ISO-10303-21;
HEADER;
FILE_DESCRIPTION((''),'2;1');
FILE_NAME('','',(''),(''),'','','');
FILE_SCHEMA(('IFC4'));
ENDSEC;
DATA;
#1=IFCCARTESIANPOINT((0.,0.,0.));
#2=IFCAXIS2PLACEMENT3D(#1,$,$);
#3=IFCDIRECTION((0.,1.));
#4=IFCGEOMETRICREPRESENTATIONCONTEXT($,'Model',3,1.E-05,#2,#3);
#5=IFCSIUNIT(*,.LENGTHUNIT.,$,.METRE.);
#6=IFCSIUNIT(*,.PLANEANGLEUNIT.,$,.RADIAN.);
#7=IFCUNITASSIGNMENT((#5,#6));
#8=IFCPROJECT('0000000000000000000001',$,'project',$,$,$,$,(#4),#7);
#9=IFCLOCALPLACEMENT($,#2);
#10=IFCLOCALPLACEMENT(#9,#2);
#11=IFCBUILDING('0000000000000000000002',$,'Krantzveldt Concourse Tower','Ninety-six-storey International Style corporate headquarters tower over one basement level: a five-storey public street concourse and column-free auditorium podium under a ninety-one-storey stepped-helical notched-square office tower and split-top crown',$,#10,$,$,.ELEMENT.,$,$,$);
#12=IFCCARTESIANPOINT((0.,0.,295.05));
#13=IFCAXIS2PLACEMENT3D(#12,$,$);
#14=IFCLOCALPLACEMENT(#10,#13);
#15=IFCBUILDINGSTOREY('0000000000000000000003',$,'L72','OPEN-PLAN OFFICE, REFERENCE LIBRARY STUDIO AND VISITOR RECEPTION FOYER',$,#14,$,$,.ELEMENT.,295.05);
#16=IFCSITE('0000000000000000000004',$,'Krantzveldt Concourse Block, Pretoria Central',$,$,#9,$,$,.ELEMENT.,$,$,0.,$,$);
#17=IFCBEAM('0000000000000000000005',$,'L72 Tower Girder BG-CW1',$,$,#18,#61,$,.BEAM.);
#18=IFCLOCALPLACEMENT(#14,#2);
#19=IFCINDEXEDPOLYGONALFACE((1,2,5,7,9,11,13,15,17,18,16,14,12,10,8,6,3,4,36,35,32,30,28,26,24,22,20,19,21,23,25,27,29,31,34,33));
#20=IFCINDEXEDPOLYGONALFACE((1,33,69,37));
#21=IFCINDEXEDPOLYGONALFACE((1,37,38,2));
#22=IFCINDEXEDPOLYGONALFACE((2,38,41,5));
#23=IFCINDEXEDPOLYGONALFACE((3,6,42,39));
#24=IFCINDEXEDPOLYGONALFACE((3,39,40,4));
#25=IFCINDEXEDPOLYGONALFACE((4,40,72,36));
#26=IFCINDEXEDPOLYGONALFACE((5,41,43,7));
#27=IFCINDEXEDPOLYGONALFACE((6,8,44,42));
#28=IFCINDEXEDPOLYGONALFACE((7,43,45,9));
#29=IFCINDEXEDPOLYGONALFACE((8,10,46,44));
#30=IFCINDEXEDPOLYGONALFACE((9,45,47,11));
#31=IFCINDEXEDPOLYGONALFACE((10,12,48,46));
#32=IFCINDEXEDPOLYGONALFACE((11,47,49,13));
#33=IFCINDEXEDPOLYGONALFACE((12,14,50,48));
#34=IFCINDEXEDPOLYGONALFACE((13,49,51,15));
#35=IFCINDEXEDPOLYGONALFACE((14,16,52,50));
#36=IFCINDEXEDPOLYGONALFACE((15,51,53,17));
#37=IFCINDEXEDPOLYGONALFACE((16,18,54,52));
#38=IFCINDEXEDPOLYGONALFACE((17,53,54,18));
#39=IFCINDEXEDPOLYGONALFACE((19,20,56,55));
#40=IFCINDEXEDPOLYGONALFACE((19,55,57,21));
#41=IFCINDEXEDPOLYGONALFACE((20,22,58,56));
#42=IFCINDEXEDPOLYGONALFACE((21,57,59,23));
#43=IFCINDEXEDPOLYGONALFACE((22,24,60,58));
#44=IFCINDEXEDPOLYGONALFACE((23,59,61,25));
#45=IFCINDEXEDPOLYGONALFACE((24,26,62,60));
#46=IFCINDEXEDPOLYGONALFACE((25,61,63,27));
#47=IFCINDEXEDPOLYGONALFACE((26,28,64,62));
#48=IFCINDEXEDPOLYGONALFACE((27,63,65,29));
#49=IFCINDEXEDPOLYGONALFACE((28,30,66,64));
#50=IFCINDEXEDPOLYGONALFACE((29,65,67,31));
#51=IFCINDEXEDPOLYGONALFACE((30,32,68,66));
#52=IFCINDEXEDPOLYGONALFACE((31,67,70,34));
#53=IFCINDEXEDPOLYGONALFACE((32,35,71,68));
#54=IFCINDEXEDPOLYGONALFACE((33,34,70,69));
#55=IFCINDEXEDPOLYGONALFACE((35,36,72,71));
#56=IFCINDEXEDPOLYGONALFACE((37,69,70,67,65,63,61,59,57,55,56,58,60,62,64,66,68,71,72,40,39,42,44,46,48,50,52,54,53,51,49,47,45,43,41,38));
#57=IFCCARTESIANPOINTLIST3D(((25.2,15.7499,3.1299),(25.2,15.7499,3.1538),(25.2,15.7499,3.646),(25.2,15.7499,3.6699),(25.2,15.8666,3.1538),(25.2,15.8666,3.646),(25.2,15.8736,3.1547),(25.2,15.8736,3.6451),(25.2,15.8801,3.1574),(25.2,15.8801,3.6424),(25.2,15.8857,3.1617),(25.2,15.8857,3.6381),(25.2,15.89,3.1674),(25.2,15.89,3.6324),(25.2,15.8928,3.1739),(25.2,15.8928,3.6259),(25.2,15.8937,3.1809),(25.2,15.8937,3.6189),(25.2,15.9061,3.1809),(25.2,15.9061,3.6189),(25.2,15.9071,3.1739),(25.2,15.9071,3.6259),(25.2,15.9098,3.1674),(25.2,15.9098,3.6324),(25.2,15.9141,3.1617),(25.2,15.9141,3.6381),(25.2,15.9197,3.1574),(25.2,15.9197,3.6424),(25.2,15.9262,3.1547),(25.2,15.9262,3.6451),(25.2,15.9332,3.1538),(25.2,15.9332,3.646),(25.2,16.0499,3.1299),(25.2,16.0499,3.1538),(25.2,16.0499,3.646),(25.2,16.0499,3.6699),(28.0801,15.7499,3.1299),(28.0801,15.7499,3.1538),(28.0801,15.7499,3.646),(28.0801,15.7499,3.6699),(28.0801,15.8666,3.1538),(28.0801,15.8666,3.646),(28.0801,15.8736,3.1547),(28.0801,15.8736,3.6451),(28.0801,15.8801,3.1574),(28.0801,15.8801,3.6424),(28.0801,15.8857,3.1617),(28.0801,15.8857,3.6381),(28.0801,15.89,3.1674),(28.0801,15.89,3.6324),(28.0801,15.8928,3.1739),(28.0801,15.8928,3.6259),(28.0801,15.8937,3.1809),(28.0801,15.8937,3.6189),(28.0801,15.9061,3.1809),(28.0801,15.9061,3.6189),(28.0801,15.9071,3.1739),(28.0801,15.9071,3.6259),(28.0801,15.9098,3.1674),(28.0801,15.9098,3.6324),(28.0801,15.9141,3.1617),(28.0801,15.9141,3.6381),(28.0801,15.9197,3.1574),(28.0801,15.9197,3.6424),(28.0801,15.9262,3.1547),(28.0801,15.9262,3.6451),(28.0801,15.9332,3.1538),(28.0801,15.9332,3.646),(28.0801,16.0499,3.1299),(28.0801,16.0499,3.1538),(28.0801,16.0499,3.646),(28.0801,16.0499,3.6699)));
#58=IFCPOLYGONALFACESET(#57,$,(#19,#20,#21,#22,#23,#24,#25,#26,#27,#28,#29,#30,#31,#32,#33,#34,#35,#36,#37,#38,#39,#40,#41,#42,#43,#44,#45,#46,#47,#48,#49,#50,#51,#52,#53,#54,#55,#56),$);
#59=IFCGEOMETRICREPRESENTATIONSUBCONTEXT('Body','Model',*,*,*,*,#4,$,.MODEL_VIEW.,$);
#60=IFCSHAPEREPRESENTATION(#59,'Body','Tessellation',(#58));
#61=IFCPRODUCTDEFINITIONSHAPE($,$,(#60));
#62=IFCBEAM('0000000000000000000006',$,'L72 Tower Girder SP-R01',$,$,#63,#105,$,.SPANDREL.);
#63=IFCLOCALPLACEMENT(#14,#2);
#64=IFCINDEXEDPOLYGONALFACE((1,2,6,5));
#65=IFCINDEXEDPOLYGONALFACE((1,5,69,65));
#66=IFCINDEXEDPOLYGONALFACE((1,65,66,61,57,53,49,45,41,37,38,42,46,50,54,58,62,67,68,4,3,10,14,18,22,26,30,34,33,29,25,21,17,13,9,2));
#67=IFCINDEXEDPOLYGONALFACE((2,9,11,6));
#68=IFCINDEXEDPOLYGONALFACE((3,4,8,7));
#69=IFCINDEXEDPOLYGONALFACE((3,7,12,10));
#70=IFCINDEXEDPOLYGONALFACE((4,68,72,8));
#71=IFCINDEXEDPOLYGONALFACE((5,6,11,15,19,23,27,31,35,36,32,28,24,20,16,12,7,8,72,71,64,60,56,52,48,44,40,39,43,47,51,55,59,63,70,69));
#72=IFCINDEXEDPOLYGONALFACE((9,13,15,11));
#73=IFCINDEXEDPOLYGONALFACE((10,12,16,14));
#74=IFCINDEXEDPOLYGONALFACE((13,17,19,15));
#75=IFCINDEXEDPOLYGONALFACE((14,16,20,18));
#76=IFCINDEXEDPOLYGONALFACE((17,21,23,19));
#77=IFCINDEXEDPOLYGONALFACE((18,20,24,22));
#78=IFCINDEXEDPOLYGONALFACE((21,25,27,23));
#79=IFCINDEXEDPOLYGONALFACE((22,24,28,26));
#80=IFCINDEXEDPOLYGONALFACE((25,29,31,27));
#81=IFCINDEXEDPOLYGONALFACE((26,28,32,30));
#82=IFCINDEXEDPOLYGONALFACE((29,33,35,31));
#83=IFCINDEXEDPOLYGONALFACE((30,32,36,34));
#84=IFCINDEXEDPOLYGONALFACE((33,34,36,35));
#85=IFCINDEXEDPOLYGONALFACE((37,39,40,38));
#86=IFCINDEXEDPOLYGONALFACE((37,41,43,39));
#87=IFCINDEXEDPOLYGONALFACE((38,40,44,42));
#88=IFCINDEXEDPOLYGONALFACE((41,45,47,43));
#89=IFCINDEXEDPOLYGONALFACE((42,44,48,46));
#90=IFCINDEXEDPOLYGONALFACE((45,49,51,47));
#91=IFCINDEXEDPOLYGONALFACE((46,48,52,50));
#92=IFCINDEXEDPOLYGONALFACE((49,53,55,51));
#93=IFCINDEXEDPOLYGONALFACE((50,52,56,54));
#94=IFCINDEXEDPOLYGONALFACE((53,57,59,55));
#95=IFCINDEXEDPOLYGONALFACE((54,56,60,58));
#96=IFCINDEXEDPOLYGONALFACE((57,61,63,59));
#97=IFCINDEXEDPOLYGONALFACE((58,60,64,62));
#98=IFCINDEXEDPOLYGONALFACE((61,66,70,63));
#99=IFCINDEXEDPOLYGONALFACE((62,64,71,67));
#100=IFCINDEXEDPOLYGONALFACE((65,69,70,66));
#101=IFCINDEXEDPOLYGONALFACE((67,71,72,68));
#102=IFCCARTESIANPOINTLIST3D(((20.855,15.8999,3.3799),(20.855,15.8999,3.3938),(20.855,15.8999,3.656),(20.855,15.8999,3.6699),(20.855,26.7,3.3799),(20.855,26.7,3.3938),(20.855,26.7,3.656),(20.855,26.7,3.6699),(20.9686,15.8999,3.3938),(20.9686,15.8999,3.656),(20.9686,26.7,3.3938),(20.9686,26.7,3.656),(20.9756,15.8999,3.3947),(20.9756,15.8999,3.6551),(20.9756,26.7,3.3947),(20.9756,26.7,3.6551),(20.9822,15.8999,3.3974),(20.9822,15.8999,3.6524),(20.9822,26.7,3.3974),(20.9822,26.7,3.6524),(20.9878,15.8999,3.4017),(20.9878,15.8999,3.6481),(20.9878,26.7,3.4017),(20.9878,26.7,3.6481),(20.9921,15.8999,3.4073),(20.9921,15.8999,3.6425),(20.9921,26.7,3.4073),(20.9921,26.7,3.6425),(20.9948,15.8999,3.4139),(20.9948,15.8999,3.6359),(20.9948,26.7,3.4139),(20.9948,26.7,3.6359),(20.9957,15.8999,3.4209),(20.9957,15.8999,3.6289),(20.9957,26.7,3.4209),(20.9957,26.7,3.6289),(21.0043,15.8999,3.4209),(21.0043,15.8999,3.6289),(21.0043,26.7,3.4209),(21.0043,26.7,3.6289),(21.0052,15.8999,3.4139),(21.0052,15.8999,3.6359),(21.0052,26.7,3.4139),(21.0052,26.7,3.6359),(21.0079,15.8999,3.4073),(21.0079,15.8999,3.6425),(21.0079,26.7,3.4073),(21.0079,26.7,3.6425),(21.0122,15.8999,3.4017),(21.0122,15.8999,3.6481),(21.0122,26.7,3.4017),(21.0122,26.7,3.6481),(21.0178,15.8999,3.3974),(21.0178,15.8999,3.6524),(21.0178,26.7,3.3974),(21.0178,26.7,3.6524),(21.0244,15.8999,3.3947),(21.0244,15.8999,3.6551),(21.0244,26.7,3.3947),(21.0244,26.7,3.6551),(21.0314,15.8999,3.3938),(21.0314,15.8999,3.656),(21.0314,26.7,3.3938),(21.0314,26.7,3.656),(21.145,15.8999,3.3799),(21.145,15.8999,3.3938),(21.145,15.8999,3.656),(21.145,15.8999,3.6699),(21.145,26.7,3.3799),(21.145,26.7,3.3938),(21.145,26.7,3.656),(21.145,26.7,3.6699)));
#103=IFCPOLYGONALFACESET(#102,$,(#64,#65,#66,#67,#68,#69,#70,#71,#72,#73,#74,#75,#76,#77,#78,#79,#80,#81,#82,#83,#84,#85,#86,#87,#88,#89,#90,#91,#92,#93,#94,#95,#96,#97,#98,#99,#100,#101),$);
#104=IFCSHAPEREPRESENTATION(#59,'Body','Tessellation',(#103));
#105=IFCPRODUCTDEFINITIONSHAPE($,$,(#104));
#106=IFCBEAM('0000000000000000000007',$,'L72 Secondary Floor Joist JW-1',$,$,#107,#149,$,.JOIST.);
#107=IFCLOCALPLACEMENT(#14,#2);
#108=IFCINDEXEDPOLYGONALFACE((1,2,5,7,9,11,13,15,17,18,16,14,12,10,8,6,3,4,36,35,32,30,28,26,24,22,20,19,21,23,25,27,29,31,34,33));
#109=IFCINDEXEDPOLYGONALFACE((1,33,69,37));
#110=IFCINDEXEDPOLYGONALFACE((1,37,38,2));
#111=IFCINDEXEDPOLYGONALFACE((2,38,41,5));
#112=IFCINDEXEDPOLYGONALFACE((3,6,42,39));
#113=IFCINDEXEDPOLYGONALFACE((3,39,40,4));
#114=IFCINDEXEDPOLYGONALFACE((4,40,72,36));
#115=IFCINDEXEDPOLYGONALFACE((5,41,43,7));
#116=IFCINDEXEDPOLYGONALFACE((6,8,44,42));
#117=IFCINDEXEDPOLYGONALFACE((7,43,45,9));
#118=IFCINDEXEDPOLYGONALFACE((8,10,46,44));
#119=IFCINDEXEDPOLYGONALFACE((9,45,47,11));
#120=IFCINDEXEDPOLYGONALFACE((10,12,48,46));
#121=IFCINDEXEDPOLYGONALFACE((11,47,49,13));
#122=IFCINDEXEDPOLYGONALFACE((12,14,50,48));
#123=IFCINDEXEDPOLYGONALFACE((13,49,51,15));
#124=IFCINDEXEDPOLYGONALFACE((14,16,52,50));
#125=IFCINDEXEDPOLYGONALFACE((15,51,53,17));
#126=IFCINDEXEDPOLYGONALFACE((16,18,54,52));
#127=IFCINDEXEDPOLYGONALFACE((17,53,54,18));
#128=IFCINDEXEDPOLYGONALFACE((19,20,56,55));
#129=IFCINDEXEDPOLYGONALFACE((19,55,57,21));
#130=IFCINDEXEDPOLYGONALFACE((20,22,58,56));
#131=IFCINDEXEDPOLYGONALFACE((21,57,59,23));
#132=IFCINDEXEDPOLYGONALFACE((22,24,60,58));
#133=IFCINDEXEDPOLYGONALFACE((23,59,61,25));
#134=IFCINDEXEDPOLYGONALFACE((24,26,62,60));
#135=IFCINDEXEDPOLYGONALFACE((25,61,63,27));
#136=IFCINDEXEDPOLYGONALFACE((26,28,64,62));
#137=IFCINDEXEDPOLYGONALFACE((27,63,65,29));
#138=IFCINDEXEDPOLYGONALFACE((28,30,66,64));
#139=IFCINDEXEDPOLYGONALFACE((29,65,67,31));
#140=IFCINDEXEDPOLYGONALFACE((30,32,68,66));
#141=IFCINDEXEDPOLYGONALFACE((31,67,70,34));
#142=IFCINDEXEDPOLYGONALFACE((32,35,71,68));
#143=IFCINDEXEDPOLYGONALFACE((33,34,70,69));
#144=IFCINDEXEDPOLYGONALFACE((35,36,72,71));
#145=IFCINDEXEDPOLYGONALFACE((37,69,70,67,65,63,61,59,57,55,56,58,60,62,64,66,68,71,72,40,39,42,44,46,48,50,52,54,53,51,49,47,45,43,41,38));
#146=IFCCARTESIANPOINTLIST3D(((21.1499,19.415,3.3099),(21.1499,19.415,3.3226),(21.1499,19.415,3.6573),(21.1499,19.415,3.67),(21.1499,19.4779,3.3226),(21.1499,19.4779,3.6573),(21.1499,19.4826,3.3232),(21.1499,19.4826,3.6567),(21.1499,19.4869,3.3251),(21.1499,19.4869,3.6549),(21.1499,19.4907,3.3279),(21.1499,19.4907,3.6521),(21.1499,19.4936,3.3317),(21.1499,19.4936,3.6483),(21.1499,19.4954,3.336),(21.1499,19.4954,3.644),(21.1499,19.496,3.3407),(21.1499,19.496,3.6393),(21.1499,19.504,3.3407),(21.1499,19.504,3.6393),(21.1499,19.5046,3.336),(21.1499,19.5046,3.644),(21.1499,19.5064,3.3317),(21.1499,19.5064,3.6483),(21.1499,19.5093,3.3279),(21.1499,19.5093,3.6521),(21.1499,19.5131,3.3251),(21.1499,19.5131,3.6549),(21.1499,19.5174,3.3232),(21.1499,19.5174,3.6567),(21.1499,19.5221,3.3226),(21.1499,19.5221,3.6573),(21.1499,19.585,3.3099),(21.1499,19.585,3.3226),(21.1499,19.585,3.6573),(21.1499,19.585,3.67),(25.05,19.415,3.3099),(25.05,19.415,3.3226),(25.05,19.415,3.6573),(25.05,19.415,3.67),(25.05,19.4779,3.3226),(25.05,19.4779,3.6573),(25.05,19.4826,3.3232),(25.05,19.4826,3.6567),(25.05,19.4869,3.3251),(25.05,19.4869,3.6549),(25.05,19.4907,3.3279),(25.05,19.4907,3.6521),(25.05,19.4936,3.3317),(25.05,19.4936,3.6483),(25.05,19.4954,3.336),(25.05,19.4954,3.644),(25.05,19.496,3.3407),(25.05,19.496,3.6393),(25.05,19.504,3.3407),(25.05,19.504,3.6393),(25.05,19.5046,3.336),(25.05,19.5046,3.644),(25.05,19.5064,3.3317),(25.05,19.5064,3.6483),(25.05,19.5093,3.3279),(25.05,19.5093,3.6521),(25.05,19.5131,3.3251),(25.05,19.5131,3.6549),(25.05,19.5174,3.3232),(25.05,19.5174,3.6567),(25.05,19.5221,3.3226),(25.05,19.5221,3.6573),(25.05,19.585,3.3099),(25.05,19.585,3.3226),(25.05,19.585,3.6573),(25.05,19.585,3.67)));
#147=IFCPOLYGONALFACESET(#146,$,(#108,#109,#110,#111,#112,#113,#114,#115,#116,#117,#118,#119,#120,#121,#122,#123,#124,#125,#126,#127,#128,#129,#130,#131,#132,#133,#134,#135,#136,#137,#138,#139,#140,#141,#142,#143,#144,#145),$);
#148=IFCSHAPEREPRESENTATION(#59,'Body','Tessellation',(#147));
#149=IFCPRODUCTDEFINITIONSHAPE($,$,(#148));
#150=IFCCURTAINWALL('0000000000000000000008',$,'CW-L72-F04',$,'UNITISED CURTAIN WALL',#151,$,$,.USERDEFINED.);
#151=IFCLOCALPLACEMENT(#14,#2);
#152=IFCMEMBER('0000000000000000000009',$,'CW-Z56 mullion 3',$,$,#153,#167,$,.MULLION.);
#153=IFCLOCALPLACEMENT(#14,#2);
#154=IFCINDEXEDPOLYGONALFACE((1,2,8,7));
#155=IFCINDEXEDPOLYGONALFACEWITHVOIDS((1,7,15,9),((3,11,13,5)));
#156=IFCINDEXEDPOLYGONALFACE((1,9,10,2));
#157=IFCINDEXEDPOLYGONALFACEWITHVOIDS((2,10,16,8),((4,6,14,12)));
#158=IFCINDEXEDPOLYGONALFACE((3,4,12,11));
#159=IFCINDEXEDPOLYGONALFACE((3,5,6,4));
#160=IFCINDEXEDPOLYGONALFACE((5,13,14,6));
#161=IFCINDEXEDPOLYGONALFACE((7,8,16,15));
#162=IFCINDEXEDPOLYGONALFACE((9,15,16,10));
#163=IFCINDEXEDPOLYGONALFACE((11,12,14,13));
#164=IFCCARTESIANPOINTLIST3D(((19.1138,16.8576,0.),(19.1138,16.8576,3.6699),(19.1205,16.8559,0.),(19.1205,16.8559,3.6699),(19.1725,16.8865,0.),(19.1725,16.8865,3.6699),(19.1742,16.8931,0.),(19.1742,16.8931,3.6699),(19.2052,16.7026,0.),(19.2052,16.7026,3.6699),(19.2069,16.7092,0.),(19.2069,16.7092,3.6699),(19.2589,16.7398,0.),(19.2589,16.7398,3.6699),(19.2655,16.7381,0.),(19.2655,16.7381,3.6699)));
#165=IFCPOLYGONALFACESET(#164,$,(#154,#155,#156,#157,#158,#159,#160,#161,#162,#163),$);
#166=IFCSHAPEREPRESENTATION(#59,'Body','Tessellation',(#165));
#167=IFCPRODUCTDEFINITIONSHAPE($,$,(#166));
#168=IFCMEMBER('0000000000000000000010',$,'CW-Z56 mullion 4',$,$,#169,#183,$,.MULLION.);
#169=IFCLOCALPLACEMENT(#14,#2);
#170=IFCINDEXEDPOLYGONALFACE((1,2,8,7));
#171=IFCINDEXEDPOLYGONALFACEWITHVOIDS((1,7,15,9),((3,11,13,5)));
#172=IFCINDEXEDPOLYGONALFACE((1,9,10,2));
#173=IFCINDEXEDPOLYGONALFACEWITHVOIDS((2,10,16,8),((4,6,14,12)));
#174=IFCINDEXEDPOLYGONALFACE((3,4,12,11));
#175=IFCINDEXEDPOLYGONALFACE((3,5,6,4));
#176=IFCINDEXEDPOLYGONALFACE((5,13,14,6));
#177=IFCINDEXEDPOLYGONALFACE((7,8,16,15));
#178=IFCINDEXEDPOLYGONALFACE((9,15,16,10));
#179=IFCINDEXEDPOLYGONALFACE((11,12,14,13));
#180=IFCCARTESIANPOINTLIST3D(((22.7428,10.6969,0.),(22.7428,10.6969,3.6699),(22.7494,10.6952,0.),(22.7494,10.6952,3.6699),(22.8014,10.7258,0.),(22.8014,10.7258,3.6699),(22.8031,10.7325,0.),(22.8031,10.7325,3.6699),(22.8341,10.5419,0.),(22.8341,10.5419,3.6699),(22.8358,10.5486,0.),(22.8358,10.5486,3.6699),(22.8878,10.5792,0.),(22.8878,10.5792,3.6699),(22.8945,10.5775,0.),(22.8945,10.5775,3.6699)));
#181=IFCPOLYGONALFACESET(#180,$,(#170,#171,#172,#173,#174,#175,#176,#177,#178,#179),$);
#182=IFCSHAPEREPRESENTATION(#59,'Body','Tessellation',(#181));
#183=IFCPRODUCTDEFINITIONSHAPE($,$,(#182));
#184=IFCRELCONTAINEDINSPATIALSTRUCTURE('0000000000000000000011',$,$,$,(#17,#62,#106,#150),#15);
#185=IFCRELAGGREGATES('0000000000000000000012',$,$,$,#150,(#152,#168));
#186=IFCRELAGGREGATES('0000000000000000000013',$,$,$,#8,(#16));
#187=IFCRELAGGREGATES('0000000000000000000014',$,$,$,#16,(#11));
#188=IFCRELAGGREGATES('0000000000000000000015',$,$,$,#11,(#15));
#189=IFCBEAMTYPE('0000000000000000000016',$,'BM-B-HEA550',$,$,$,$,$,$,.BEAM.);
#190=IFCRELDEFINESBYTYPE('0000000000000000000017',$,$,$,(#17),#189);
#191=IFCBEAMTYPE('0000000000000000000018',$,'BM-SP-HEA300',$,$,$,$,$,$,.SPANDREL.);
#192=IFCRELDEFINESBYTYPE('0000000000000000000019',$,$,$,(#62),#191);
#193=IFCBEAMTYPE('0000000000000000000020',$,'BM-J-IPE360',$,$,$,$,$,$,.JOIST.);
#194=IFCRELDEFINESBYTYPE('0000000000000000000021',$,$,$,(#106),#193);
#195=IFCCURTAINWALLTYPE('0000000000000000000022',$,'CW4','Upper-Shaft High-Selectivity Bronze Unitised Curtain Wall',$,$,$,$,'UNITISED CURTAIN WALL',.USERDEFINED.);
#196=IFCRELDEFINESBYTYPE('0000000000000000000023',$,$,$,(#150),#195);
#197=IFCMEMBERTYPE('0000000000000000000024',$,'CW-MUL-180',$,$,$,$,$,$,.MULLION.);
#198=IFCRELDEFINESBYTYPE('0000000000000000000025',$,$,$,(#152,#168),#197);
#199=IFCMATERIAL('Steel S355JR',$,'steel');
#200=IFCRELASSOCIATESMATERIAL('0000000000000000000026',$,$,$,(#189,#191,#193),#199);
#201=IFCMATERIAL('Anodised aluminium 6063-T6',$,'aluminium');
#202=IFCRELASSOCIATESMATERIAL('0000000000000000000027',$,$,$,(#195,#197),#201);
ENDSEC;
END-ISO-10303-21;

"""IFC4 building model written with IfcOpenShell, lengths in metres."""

from ifc_helpers import new_model, si_unit, direction, frame, origin, origin_2d, place, context, subcontext, project, spatial, hollow_rectangle, i_section, extrude, source, transform, mapped, material, material_profile, profile_set, type_object, type_shapes, element, aggregate, save


model = new_model("IFC4")

# Units and contexts
model_context = context("Model", 3, precision=1e-05, world=origin(), true_north=direction((0.0, 1.0)))
body_context = subcontext(model_context, "Body", "Model", "MODEL_VIEW")
ifc_project = project(units=[si_unit("LENGTHUNIT", "METRE"), si_unit("PLANEANGLEUNIT", "RADIAN")], contexts=[model_context])

# Site, building, storey
site_placement = place(None, origin())
site = spatial("IfcSite", under=ifc_project, at=site_placement, Name="Krantzveldt Concourse Block, Pretoria Central", CompositionType="ELEMENT", RefElevation=0.0)
building_placement = place(site_placement, origin())
building = spatial("IfcBuilding", under=site, at=building_placement, Name="Krantzveldt Concourse Tower", Description="Ninety-six-storey International Style corporate headquarters tower over one basement level: a five-storey public street concourse and column-free auditorium podium under a ninety-one-storey stepped-helical notched-square office tower and split-top crown", CompositionType="ELEMENT")
storey_placement = place(building_placement, frame((0.0, 0.0, 295.05)))
storey = spatial("IfcBuildingStorey", under=building, at=storey_placement, Name="L72", Description="OPEN-PLAN OFFICE, REFERENCE LIBRARY STUDIO AND VISITOR RECEPTION FOYER", CompositionType="ELEMENT", Elevation=295.05)

# Beams
ifc_material_1 = material(Name="Steel S355JR", Category="steel")
ifc_material_profile_1 = material_profile(ifc_material_1, i_section(OverallWidth=0.3, OverallDepth=0.54, WebThickness=0.0125, FlangeThickness=0.0239, FilletRadius=0.0271, at=origin_2d()), Name="Steel S355JR", Category="steel")
ifc_profile_set_1 = profile_set([ifc_material_profile_1], Name="Steel S355JR - HEA 550")
beam_type_1 = type_object("IfcBeamType", Name="BM-B-HEA550", PredefinedType="BEAM", material=ifc_profile_set_1)
shared_shape_1 = source(origin(), body_context, "Body", "SweptSolid", [
    extrude(i_section(OverallWidth=0.3, OverallDepth=0.54, WebThickness=0.0125, FlangeThickness=0.0239, FilletRadius=0.0271, at=origin_2d()), origin(), (0.0, 0.0, 1.0), 2.8801),
])
beam_1_placement = place(storey_placement, frame((25.2, 15.8999, 3.3999), z_axis=(1.0, 0.0, 0.0), x_axis=(0.0, 1.0, 0.0)))
element("IfcBeam", 1, at=beam_1_placement, inside=storey, type_object=beam_type_1, Name="L72 Tower Girder BG-CW1", PredefinedType="BEAM", context=body_context, shape_type="MappedRepresentation", body=[
    mapped(shared_shape_1, transform((0.0, 0.0, 0.0), x_axis=(1.0, 0.0, 0.0), y_axis=(0.0, 1.0, 0.0), z_axis=(0.0, 0.0, 1.0), scale=1.0)),
])
ifc_material_profile_2 = material_profile(ifc_material_1, i_section(OverallWidth=0.29, OverallDepth=0.29, WebThickness=0.0085, FlangeThickness=0.0139, FilletRadius=0.0271, at=origin_2d()), Name="Steel S355JR", Category="steel")
ifc_profile_set_2 = profile_set([ifc_material_profile_2], Name="Steel S355JR - HEA 300")
beam_type_2 = type_object("IfcBeamType", Name="BM-SP-HEA300", PredefinedType="SPANDREL", material=ifc_profile_set_2)
shared_shape_2 = source(origin(), body_context, "Body", "SweptSolid", [
    extrude(i_section(OverallWidth=0.29, OverallDepth=0.29, WebThickness=0.0085, FlangeThickness=0.0139, FilletRadius=0.0271, at=origin_2d()), origin(), (0.0, 0.0, 1.0), 10.8),
])
type_shapes(beam_type_2, [shared_shape_2])
beam_2_placement = place(storey_placement, frame((21.0, 15.8999, 3.5249), z_axis=(0.0, 1.0, 0.0), x_axis=(-1.0, 0.0, 0.0)))
element("IfcBeam", 2, at=beam_2_placement, inside=storey, type_object=beam_type_2, Name="L72 Tower Girder SP-R01", PredefinedType="SPANDREL", context=body_context, shape_type="MappedRepresentation", body=[
    mapped(shared_shape_2, transform((0.0, 0.0, 0.0), x_axis=(1.0, 0.0, 0.0), y_axis=(0.0, 1.0, 0.0), z_axis=(0.0, 0.0, 1.0), scale=1.0)),
])
ifc_material_profile_3 = material_profile(ifc_material_1, i_section(OverallWidth=0.1699, OverallDepth=0.3601, WebThickness=0.0081, FlangeThickness=0.0127, FilletRadius=0.0181, at=origin_2d()), Name="Steel S355JR", Category="steel")
ifc_profile_set_3 = profile_set([ifc_material_profile_3], Name="Steel S355JR - IPE 360")
beam_type_3 = type_object("IfcBeamType", Name="BM-J-IPE360", PredefinedType="JOIST", material=ifc_profile_set_3)
shared_shape_3 = source(origin(), body_context, "Body", "SweptSolid", [
    extrude(i_section(OverallWidth=0.1699, OverallDepth=0.3601, WebThickness=0.0081, FlangeThickness=0.0127, FilletRadius=0.0181, at=origin_2d()), origin(), (0.0, 0.0, 1.0), 3.9001),
])
type_shapes(beam_type_3, [shared_shape_3])
beam_3_placement = place(storey_placement, frame((21.1499, 19.5, 3.49), z_axis=(1.0, 0.0, 0.0), x_axis=(0.0, 1.0, 0.0)))
element("IfcBeam", 3, at=beam_3_placement, inside=storey, type_object=beam_type_3, Name="L72 Secondary Floor Joist JW-1", PredefinedType="JOIST", context=body_context, shape_type="MappedRepresentation", body=[
    mapped(shared_shape_3, transform((0.0, 0.0, 0.0), x_axis=(1.0, 0.0, 0.0), y_axis=(0.0, 1.0, 0.0), z_axis=(0.0, 0.0, 1.0), scale=1.0)),
])

# Curtain wall, members
ifc_material_2 = material(Name="Anodised aluminium 6063-T6", Category="aluminium")
curtain_wall_type = type_object("IfcCurtainWallType", Name="CW4", Description="Upper-Shaft High-Selectivity Bronze Unitised Curtain Wall", ElementType="UNITISED CURTAIN WALL", PredefinedType="USERDEFINED", material=ifc_material_2)
curtain_wall_placement = place(storey_placement, origin())
curtain_wall = element("IfcCurtainWall", 4, at=curtain_wall_placement, inside=storey, type_object=curtain_wall_type, Name="CW-L72-F04", ObjectType="UNITISED CURTAIN WALL", PredefinedType="USERDEFINED")
ifc_material_profile_4 = material_profile(ifc_material_2, hollow_rectangle(XDim=0.0701, YDim=0.1799, WallThickness=0.0049, at=origin_2d()), Name="Anodised aluminium 6063-T6", Category="aluminium")
ifc_profile_set_4 = profile_set([ifc_material_profile_4], Name="Anodised aluminium 6063-T6 - ALU-MULL 180x70x5")
member_type_1 = type_object("IfcMemberType", Name="CW-MUL-180", PredefinedType="MULLION", material=ifc_profile_set_4)
shared_shape_4 = source(origin(), body_context, "Body", "SweptSolid", [
    extrude(hollow_rectangle(XDim=0.0701, YDim=0.1799, WallThickness=0.0049, at=origin_2d()), origin(), (0.0, 0.0, 1.0), 3.6699),
])
type_shapes(member_type_1, [shared_shape_4])
member_1_placement = place(storey_placement, frame((19.1897, 16.7979, 0.0), z_axis=(0.0, 0.0, 1.0), x_axis=(0.861629, 0.507538, 0.0)))
member_1 = element("IfcMember", 5, at=member_1_placement, type_object=member_type_1, Name="CW-Z56 mullion 3", PredefinedType="MULLION", context=body_context, shape_type="MappedRepresentation", body=[
    mapped(shared_shape_4, transform((0.0, 0.0, 0.0), x_axis=(1.0, 0.0, 0.0), y_axis=(0.0, 1.0, 0.0), z_axis=(0.0, 0.0, 1.0), scale=1.0)),
])
member_2_placement = place(storey_placement, frame((22.8186, 10.6372, 0.0), z_axis=(0.0, 0.0, 1.0), x_axis=(0.861629, 0.507538, 0.0)))
member_2 = element("IfcMember", 6, at=member_2_placement, type_object=member_type_1, Name="CW-Z56 mullion 4", PredefinedType="MULLION", context=body_context, shape_type="MappedRepresentation", body=[
    mapped(shared_shape_4, transform((0.0, 0.0, 0.0), x_axis=(1.0, 0.0, 0.0), y_axis=(0.0, 1.0, 0.0), z_axis=(0.0, 0.0, 1.0), scale=1.0)),
])

aggregate(curtain_wall, [member_1, member_2])

save(model, "model.ifc")
